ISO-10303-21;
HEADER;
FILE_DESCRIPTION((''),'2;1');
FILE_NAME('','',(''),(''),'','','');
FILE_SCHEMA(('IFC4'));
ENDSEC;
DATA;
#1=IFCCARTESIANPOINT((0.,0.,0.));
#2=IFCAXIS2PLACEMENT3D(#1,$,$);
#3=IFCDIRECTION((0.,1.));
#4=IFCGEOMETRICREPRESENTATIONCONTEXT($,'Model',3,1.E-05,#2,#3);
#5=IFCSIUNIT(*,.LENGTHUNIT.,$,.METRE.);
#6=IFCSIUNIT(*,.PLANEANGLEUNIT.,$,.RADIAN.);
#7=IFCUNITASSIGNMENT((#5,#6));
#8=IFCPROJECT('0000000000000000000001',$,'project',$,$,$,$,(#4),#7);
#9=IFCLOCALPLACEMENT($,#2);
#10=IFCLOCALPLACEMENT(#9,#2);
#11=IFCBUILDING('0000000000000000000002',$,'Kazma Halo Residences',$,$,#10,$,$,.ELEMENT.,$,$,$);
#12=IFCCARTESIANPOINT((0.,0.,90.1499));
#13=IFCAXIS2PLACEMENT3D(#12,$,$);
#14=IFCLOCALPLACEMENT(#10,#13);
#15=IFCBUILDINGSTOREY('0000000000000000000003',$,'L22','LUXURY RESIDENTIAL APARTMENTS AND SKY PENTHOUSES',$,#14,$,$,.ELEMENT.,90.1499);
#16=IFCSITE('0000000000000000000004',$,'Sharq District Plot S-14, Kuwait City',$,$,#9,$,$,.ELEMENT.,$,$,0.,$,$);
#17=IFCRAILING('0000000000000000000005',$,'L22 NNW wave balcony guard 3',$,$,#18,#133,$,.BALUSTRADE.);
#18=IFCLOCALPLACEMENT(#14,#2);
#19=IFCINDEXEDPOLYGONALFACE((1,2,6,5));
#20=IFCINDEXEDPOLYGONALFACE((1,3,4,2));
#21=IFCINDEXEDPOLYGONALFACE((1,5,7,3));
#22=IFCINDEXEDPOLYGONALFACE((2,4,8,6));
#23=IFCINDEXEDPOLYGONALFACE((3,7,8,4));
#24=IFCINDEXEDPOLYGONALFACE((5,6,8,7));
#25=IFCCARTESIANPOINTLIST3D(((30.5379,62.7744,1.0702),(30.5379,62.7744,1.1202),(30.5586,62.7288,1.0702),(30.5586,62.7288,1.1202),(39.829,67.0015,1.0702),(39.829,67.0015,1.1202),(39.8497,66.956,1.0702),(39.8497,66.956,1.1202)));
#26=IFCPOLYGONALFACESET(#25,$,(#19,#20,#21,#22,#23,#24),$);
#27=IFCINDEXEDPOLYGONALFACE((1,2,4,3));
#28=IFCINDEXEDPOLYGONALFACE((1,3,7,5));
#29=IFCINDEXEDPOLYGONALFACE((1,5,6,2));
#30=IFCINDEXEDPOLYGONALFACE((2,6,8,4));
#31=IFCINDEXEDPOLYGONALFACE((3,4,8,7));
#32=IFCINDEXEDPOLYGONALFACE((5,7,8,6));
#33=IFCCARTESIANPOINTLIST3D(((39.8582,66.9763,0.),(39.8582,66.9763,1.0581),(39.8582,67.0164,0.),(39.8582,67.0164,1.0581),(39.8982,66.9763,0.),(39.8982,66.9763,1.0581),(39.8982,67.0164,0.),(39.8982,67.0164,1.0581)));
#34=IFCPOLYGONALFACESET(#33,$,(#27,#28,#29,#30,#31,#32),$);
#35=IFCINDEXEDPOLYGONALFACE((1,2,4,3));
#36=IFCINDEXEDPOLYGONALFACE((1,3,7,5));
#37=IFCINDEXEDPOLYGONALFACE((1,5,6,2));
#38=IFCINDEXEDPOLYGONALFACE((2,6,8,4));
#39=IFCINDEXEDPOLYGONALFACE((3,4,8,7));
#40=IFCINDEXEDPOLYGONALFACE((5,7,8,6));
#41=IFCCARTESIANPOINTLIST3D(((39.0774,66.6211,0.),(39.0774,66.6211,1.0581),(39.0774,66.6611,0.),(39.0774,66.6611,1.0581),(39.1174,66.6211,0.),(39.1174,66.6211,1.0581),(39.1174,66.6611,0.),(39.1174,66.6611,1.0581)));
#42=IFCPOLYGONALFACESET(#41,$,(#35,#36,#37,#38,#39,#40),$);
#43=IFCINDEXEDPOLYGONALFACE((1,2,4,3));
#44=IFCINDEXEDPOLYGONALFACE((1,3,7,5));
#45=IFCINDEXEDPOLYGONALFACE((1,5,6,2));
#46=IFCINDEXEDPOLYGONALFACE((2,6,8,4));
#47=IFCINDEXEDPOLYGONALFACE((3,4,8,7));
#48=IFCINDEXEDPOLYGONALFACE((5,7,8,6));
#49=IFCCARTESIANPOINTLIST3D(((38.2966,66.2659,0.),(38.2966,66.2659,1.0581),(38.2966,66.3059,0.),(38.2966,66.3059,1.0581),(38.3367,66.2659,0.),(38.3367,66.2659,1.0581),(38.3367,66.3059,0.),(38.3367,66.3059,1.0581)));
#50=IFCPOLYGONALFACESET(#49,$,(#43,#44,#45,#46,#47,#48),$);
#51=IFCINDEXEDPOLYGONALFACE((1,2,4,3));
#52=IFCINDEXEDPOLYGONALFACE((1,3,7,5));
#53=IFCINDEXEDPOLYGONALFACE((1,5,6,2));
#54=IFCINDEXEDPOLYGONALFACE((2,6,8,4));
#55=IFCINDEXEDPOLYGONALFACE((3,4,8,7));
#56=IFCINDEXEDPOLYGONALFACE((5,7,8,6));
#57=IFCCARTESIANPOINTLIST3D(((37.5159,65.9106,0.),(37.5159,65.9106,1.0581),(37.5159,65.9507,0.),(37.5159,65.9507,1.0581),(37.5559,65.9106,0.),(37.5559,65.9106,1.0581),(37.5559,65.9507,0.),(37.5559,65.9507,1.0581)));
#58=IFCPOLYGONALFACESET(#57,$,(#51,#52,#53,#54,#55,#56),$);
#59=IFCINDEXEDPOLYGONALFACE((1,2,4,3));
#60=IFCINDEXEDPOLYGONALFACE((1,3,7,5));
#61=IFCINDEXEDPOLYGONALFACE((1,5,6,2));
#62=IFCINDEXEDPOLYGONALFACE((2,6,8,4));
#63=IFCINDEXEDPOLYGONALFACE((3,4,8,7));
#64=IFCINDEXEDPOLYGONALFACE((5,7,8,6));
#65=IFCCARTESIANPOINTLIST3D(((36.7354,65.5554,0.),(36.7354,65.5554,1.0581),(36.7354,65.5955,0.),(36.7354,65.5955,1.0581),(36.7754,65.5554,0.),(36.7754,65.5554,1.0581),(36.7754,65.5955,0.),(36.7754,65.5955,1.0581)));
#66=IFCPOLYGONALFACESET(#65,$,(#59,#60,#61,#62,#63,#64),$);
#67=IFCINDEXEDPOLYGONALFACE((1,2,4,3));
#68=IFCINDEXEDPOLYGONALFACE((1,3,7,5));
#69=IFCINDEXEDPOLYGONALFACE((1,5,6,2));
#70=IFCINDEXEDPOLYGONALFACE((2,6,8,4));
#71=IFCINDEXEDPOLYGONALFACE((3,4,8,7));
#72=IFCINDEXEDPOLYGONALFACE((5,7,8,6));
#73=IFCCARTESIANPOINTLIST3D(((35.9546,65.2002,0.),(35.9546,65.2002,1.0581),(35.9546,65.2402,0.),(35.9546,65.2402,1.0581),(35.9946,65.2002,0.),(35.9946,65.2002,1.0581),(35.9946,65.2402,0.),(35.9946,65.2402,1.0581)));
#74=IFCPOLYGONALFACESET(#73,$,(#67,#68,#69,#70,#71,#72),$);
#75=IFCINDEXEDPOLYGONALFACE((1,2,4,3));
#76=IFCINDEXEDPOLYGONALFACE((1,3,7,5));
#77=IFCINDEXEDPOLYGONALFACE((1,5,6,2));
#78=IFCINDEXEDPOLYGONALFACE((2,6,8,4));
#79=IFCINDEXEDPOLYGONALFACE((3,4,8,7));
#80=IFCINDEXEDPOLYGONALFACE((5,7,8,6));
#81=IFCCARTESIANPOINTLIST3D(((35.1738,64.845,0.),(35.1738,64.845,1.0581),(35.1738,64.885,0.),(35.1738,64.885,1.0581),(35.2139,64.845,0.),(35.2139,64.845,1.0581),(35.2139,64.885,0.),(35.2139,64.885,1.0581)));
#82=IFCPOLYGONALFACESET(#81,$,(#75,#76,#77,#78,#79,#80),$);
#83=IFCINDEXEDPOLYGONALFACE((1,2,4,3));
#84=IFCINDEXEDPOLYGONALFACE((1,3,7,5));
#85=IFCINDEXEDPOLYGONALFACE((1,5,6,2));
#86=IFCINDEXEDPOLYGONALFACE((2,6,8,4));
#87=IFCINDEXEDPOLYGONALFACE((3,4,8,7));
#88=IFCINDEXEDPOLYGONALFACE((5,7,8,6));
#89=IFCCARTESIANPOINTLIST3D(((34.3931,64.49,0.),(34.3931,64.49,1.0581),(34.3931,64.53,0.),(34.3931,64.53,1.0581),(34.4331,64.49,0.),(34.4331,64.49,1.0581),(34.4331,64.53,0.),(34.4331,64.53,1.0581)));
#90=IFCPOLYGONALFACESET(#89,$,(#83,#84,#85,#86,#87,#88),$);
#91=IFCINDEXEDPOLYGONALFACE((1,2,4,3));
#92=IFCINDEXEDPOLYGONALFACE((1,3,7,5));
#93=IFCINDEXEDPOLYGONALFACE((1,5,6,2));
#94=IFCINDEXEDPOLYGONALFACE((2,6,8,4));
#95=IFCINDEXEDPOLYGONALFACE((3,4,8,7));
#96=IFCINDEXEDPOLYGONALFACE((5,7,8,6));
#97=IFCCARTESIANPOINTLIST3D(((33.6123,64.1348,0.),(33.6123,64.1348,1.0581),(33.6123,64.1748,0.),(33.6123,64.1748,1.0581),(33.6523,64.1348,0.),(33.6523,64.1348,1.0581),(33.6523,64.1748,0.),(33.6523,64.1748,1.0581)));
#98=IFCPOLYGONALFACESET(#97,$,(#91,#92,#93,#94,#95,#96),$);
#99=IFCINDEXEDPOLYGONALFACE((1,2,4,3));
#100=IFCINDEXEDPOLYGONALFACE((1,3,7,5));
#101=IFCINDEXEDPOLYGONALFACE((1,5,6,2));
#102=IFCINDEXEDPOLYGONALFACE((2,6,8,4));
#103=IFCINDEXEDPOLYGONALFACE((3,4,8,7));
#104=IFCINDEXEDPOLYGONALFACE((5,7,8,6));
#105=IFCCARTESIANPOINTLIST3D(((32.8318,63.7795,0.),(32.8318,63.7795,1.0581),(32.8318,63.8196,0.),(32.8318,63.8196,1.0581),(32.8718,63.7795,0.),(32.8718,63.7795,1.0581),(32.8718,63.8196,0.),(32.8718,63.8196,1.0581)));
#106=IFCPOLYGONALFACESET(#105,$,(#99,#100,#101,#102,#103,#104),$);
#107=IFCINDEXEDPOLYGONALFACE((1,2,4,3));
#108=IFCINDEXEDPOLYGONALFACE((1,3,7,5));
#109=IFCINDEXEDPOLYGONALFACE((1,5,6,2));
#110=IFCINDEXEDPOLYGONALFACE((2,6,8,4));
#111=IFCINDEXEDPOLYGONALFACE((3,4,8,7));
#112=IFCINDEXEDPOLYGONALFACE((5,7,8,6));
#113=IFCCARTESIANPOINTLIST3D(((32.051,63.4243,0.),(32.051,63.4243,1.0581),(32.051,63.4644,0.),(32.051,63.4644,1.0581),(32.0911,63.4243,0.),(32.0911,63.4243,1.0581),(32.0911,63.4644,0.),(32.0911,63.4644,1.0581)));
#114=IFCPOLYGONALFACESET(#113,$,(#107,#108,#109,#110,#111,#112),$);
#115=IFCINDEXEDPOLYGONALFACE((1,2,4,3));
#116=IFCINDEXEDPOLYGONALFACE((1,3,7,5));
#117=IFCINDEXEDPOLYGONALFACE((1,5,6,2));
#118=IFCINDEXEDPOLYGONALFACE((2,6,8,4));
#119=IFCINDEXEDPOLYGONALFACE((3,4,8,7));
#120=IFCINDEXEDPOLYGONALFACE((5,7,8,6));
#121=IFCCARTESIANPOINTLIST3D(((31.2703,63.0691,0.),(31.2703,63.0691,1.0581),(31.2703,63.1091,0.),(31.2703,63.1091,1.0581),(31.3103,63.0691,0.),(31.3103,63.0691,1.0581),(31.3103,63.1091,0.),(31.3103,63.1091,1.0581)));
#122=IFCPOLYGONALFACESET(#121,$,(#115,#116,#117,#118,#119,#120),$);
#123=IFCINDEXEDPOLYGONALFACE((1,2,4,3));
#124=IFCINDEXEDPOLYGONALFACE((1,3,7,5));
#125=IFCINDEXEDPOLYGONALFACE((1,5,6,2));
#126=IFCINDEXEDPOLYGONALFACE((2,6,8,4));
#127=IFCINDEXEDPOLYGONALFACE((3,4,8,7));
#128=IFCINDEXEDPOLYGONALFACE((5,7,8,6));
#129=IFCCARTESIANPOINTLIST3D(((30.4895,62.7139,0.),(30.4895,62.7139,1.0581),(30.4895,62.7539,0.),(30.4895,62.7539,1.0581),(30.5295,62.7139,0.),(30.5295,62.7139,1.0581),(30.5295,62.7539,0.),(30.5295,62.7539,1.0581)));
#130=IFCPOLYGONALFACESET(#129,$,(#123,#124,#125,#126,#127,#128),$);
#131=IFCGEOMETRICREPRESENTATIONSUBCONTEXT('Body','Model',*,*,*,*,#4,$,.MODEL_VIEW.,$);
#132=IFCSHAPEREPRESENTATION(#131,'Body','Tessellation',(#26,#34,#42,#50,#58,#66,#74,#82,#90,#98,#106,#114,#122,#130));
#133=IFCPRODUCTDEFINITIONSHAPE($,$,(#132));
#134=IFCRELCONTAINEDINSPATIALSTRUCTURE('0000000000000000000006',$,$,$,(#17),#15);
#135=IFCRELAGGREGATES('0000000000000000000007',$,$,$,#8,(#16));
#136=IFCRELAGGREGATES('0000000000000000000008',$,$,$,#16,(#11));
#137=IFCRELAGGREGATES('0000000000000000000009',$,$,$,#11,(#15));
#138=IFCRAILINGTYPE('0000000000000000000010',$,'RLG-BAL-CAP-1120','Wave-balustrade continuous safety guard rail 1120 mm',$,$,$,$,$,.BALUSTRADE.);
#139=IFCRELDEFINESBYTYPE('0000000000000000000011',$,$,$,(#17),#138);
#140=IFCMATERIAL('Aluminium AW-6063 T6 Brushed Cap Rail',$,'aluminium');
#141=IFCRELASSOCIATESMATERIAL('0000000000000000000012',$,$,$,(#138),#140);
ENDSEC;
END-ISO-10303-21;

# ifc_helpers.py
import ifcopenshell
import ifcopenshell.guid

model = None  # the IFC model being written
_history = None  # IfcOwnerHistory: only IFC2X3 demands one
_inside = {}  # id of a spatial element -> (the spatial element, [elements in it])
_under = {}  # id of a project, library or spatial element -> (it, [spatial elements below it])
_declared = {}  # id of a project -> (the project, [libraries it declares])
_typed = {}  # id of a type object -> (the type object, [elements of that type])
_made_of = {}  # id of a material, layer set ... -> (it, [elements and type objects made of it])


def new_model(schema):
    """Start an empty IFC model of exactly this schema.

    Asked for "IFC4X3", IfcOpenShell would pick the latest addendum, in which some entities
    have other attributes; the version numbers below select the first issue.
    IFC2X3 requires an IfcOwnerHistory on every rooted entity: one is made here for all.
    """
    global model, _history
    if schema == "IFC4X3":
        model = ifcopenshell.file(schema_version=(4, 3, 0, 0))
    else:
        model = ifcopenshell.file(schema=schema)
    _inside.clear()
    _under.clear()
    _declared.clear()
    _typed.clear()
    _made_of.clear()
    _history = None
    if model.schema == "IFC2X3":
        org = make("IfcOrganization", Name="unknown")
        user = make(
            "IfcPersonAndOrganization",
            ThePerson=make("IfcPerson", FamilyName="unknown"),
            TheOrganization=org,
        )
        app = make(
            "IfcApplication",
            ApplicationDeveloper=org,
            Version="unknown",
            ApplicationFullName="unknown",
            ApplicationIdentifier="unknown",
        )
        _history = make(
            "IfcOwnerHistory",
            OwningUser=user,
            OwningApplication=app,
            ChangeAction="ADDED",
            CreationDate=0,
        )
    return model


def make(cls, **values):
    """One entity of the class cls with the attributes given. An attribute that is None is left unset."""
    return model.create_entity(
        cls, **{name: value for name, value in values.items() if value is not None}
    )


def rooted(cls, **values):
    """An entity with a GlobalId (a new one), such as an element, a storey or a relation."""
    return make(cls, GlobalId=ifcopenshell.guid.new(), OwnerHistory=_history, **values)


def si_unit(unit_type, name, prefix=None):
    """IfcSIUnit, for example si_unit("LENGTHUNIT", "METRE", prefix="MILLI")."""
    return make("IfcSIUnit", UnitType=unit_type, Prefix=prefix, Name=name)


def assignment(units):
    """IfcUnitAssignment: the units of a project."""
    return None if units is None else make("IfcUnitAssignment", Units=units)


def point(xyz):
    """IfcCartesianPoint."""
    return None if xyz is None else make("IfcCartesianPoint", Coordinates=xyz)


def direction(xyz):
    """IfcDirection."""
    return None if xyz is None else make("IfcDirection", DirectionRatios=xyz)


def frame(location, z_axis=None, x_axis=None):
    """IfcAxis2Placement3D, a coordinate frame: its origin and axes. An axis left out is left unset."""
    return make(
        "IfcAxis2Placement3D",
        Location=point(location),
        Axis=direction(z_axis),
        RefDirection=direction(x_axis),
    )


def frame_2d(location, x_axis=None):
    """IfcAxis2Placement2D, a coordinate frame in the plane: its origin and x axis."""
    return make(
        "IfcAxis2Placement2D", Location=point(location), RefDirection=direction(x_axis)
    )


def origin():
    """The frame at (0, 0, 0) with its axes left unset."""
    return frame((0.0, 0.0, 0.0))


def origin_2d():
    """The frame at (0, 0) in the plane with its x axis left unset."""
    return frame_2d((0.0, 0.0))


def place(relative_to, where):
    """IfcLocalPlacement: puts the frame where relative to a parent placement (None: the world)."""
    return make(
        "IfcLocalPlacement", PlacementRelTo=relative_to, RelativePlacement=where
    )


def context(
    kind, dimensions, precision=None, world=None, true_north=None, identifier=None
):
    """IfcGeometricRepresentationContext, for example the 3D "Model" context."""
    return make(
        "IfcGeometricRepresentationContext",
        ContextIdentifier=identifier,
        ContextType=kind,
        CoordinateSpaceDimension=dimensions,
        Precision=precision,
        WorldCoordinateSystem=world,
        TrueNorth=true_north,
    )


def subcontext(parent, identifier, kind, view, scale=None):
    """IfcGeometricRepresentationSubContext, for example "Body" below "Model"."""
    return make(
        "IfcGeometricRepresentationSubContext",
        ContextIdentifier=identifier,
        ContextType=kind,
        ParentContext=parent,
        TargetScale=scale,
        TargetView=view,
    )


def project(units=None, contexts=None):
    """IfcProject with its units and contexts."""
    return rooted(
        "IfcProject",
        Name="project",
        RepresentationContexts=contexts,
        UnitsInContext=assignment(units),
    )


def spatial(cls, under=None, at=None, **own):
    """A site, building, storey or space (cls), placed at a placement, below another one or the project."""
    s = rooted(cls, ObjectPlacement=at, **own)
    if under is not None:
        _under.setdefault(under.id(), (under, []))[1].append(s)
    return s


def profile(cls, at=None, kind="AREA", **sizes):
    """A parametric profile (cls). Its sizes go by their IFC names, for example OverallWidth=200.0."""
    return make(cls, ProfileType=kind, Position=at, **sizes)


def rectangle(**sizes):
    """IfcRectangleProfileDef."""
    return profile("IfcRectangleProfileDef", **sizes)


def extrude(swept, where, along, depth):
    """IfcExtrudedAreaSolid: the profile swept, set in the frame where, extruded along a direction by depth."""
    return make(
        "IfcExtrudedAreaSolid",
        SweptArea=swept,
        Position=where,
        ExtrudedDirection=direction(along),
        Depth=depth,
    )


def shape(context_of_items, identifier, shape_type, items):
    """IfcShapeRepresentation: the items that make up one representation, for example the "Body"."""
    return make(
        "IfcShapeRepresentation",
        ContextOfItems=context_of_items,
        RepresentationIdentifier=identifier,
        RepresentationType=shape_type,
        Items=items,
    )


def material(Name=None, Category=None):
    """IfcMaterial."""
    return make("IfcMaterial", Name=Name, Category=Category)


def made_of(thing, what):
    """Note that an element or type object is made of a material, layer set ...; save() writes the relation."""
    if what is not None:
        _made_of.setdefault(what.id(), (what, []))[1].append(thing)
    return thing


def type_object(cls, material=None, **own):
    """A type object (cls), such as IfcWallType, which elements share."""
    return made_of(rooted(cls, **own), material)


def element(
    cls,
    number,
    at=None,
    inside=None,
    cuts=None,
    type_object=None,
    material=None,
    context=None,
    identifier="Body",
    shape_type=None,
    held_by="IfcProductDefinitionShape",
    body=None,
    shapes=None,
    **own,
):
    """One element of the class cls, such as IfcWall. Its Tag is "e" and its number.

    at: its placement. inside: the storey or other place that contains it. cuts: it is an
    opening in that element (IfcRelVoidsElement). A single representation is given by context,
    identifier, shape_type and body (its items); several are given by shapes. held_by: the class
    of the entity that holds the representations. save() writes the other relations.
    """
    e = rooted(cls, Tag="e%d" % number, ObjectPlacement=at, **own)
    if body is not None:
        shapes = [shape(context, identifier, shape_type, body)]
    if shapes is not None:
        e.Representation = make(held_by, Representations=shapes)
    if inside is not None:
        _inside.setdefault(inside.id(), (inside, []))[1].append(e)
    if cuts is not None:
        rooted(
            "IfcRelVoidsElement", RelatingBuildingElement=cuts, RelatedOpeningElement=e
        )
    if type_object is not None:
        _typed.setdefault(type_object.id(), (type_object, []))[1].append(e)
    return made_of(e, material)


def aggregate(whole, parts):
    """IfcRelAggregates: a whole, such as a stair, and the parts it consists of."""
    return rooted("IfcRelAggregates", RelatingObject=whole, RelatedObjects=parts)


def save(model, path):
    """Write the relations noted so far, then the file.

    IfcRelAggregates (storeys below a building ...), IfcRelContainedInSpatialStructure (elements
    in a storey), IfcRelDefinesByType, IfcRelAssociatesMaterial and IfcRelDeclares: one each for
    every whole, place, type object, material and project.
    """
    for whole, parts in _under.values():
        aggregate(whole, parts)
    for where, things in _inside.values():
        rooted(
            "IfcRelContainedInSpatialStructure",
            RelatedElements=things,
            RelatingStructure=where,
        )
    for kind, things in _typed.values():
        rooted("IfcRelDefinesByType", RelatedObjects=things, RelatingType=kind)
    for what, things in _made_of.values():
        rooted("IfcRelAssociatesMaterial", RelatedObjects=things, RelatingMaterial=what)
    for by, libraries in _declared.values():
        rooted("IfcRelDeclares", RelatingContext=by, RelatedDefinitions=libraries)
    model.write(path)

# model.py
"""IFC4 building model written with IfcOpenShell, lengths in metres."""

from ifc_helpers import new_model, si_unit, direction, frame, origin, origin_2d, place, context, subcontext, project, spatial, rectangle, extrude, material, type_object, element, save


model = new_model("IFC4")

# Units and contexts
model_context = context("Model", 3, precision=1e-05, world=origin(), true_north=direction((0.0, 1.0)))
body_context = subcontext(model_context, "Body", "Model", "MODEL_VIEW")
ifc_project = project(units=[si_unit("LENGTHUNIT", "METRE"), si_unit("PLANEANGLEUNIT", "RADIAN")], contexts=[model_context])

# Site, building, storey
site_placement = place(None, origin())
site = spatial("IfcSite", under=ifc_project, at=site_placement, Name="Sharq District Plot S-14, Kuwait City", CompositionType="ELEMENT", RefElevation=0.0)
building_placement = place(site_placement, origin())
building = spatial("IfcBuilding", under=site, at=building_placement, Name="Kazma Halo Residences", CompositionType="ELEMENT")
storey_placement = place(building_placement, frame((0.0, 0.0, 90.1499)))
storey = spatial("IfcBuildingStorey", under=building, at=storey_placement, Name="L22", Description="LUXURY RESIDENTIAL APARTMENTS AND SKY PENTHOUSES", CompositionType="ELEMENT", Elevation=90.1499)

# Railing
ifc_material_1 = material(Name="Aluminium AW-6063 T6 Brushed Cap Rail", Category="aluminium")
railing_type = type_object("IfcRailingType", Name="RLG-BAL-CAP-1120", Description="Wave-balustrade continuous safety guard rail 1120 mm", PredefinedType="BALUSTRADE", material=ifc_material_1)
railing_placement = place(storey_placement, frame((39.8782, 66.9963, 0.0)))
element("IfcRailing", 1, at=railing_placement, inside=storey, type_object=railing_type, Name="L22 NNW wave balcony guard 3", PredefinedType="BALUSTRADE", context=body_context, shape_type="SweptSolid", body=[
    extrude(rectangle(XDim=0.05, YDim=0.05, at=origin_2d()), frame((-0.0388, -0.0176, 1.0952), z_axis=(-0.910221, -0.414123, 0.0), x_axis=(0.414123, -0.910221, 0.0)), (0.0, 0.0, 1.0), 10.2075),
    extrude(rectangle(XDim=0.04, YDim=0.04, at=origin_2d()), origin(), (0.0, 0.0, 1.0), 1.0581),
    extrude(rectangle(XDim=0.04, YDim=0.04, at=origin_2d()), frame((-0.7808, -0.3552, 0.0)), (0.0, 0.0, 1.0), 1.0581),
    extrude(rectangle(XDim=0.04, YDim=0.04, at=origin_2d()), frame((-1.5615, -0.7104, 0.0)), (0.0, 0.0, 1.0), 1.0581),
    extrude(rectangle(XDim=0.04, YDim=0.04, at=origin_2d()), frame((-2.3423, -1.0657, 0.0)), (0.0, 0.0, 1.0), 1.0581),
    extrude(rectangle(XDim=0.04, YDim=0.04, at=origin_2d()), frame((-3.1228, -1.4209, 0.0)), (0.0, 0.0, 1.0), 1.0581),
    extrude(rectangle(XDim=0.04, YDim=0.04, at=origin_2d()), frame((-3.9036, -1.7761, 0.0)), (0.0, 0.0, 1.0), 1.0581),
    extrude(rectangle(XDim=0.04, YDim=0.04, at=origin_2d()), frame((-4.6843, -2.1313, 0.0)), (0.0, 0.0, 1.0), 1.0581),
    extrude(rectangle(XDim=0.04, YDim=0.04, at=origin_2d()), frame((-5.4651, -2.4863, 0.0)), (0.0, 0.0, 1.0), 1.0581),
    extrude(rectangle(XDim=0.04, YDim=0.04, at=origin_2d()), frame((-6.2458, -2.8416, 0.0)), (0.0, 0.0, 1.0), 1.0581),
    extrude(rectangle(XDim=0.04, YDim=0.04, at=origin_2d()), frame((-7.0264, -3.1968, 0.0)), (0.0, 0.0, 1.0), 1.0581),
    extrude(rectangle(XDim=0.04, YDim=0.04, at=origin_2d()), frame((-7.8071, -3.552, 0.0)), (0.0, 0.0, 1.0), 1.0581),
    extrude(rectangle(XDim=0.04, YDim=0.04, at=origin_2d()), frame((-8.5879, -3.9072, 0.0)), (0.0, 0.0, 1.0), 1.0581),
    extrude(rectangle(XDim=0.04, YDim=0.04, at=origin_2d()), frame((-9.3687, -4.2625, 0.0)), (0.0, 0.0, 1.0), 1.0581),
])

save(model, "model.ifc")
